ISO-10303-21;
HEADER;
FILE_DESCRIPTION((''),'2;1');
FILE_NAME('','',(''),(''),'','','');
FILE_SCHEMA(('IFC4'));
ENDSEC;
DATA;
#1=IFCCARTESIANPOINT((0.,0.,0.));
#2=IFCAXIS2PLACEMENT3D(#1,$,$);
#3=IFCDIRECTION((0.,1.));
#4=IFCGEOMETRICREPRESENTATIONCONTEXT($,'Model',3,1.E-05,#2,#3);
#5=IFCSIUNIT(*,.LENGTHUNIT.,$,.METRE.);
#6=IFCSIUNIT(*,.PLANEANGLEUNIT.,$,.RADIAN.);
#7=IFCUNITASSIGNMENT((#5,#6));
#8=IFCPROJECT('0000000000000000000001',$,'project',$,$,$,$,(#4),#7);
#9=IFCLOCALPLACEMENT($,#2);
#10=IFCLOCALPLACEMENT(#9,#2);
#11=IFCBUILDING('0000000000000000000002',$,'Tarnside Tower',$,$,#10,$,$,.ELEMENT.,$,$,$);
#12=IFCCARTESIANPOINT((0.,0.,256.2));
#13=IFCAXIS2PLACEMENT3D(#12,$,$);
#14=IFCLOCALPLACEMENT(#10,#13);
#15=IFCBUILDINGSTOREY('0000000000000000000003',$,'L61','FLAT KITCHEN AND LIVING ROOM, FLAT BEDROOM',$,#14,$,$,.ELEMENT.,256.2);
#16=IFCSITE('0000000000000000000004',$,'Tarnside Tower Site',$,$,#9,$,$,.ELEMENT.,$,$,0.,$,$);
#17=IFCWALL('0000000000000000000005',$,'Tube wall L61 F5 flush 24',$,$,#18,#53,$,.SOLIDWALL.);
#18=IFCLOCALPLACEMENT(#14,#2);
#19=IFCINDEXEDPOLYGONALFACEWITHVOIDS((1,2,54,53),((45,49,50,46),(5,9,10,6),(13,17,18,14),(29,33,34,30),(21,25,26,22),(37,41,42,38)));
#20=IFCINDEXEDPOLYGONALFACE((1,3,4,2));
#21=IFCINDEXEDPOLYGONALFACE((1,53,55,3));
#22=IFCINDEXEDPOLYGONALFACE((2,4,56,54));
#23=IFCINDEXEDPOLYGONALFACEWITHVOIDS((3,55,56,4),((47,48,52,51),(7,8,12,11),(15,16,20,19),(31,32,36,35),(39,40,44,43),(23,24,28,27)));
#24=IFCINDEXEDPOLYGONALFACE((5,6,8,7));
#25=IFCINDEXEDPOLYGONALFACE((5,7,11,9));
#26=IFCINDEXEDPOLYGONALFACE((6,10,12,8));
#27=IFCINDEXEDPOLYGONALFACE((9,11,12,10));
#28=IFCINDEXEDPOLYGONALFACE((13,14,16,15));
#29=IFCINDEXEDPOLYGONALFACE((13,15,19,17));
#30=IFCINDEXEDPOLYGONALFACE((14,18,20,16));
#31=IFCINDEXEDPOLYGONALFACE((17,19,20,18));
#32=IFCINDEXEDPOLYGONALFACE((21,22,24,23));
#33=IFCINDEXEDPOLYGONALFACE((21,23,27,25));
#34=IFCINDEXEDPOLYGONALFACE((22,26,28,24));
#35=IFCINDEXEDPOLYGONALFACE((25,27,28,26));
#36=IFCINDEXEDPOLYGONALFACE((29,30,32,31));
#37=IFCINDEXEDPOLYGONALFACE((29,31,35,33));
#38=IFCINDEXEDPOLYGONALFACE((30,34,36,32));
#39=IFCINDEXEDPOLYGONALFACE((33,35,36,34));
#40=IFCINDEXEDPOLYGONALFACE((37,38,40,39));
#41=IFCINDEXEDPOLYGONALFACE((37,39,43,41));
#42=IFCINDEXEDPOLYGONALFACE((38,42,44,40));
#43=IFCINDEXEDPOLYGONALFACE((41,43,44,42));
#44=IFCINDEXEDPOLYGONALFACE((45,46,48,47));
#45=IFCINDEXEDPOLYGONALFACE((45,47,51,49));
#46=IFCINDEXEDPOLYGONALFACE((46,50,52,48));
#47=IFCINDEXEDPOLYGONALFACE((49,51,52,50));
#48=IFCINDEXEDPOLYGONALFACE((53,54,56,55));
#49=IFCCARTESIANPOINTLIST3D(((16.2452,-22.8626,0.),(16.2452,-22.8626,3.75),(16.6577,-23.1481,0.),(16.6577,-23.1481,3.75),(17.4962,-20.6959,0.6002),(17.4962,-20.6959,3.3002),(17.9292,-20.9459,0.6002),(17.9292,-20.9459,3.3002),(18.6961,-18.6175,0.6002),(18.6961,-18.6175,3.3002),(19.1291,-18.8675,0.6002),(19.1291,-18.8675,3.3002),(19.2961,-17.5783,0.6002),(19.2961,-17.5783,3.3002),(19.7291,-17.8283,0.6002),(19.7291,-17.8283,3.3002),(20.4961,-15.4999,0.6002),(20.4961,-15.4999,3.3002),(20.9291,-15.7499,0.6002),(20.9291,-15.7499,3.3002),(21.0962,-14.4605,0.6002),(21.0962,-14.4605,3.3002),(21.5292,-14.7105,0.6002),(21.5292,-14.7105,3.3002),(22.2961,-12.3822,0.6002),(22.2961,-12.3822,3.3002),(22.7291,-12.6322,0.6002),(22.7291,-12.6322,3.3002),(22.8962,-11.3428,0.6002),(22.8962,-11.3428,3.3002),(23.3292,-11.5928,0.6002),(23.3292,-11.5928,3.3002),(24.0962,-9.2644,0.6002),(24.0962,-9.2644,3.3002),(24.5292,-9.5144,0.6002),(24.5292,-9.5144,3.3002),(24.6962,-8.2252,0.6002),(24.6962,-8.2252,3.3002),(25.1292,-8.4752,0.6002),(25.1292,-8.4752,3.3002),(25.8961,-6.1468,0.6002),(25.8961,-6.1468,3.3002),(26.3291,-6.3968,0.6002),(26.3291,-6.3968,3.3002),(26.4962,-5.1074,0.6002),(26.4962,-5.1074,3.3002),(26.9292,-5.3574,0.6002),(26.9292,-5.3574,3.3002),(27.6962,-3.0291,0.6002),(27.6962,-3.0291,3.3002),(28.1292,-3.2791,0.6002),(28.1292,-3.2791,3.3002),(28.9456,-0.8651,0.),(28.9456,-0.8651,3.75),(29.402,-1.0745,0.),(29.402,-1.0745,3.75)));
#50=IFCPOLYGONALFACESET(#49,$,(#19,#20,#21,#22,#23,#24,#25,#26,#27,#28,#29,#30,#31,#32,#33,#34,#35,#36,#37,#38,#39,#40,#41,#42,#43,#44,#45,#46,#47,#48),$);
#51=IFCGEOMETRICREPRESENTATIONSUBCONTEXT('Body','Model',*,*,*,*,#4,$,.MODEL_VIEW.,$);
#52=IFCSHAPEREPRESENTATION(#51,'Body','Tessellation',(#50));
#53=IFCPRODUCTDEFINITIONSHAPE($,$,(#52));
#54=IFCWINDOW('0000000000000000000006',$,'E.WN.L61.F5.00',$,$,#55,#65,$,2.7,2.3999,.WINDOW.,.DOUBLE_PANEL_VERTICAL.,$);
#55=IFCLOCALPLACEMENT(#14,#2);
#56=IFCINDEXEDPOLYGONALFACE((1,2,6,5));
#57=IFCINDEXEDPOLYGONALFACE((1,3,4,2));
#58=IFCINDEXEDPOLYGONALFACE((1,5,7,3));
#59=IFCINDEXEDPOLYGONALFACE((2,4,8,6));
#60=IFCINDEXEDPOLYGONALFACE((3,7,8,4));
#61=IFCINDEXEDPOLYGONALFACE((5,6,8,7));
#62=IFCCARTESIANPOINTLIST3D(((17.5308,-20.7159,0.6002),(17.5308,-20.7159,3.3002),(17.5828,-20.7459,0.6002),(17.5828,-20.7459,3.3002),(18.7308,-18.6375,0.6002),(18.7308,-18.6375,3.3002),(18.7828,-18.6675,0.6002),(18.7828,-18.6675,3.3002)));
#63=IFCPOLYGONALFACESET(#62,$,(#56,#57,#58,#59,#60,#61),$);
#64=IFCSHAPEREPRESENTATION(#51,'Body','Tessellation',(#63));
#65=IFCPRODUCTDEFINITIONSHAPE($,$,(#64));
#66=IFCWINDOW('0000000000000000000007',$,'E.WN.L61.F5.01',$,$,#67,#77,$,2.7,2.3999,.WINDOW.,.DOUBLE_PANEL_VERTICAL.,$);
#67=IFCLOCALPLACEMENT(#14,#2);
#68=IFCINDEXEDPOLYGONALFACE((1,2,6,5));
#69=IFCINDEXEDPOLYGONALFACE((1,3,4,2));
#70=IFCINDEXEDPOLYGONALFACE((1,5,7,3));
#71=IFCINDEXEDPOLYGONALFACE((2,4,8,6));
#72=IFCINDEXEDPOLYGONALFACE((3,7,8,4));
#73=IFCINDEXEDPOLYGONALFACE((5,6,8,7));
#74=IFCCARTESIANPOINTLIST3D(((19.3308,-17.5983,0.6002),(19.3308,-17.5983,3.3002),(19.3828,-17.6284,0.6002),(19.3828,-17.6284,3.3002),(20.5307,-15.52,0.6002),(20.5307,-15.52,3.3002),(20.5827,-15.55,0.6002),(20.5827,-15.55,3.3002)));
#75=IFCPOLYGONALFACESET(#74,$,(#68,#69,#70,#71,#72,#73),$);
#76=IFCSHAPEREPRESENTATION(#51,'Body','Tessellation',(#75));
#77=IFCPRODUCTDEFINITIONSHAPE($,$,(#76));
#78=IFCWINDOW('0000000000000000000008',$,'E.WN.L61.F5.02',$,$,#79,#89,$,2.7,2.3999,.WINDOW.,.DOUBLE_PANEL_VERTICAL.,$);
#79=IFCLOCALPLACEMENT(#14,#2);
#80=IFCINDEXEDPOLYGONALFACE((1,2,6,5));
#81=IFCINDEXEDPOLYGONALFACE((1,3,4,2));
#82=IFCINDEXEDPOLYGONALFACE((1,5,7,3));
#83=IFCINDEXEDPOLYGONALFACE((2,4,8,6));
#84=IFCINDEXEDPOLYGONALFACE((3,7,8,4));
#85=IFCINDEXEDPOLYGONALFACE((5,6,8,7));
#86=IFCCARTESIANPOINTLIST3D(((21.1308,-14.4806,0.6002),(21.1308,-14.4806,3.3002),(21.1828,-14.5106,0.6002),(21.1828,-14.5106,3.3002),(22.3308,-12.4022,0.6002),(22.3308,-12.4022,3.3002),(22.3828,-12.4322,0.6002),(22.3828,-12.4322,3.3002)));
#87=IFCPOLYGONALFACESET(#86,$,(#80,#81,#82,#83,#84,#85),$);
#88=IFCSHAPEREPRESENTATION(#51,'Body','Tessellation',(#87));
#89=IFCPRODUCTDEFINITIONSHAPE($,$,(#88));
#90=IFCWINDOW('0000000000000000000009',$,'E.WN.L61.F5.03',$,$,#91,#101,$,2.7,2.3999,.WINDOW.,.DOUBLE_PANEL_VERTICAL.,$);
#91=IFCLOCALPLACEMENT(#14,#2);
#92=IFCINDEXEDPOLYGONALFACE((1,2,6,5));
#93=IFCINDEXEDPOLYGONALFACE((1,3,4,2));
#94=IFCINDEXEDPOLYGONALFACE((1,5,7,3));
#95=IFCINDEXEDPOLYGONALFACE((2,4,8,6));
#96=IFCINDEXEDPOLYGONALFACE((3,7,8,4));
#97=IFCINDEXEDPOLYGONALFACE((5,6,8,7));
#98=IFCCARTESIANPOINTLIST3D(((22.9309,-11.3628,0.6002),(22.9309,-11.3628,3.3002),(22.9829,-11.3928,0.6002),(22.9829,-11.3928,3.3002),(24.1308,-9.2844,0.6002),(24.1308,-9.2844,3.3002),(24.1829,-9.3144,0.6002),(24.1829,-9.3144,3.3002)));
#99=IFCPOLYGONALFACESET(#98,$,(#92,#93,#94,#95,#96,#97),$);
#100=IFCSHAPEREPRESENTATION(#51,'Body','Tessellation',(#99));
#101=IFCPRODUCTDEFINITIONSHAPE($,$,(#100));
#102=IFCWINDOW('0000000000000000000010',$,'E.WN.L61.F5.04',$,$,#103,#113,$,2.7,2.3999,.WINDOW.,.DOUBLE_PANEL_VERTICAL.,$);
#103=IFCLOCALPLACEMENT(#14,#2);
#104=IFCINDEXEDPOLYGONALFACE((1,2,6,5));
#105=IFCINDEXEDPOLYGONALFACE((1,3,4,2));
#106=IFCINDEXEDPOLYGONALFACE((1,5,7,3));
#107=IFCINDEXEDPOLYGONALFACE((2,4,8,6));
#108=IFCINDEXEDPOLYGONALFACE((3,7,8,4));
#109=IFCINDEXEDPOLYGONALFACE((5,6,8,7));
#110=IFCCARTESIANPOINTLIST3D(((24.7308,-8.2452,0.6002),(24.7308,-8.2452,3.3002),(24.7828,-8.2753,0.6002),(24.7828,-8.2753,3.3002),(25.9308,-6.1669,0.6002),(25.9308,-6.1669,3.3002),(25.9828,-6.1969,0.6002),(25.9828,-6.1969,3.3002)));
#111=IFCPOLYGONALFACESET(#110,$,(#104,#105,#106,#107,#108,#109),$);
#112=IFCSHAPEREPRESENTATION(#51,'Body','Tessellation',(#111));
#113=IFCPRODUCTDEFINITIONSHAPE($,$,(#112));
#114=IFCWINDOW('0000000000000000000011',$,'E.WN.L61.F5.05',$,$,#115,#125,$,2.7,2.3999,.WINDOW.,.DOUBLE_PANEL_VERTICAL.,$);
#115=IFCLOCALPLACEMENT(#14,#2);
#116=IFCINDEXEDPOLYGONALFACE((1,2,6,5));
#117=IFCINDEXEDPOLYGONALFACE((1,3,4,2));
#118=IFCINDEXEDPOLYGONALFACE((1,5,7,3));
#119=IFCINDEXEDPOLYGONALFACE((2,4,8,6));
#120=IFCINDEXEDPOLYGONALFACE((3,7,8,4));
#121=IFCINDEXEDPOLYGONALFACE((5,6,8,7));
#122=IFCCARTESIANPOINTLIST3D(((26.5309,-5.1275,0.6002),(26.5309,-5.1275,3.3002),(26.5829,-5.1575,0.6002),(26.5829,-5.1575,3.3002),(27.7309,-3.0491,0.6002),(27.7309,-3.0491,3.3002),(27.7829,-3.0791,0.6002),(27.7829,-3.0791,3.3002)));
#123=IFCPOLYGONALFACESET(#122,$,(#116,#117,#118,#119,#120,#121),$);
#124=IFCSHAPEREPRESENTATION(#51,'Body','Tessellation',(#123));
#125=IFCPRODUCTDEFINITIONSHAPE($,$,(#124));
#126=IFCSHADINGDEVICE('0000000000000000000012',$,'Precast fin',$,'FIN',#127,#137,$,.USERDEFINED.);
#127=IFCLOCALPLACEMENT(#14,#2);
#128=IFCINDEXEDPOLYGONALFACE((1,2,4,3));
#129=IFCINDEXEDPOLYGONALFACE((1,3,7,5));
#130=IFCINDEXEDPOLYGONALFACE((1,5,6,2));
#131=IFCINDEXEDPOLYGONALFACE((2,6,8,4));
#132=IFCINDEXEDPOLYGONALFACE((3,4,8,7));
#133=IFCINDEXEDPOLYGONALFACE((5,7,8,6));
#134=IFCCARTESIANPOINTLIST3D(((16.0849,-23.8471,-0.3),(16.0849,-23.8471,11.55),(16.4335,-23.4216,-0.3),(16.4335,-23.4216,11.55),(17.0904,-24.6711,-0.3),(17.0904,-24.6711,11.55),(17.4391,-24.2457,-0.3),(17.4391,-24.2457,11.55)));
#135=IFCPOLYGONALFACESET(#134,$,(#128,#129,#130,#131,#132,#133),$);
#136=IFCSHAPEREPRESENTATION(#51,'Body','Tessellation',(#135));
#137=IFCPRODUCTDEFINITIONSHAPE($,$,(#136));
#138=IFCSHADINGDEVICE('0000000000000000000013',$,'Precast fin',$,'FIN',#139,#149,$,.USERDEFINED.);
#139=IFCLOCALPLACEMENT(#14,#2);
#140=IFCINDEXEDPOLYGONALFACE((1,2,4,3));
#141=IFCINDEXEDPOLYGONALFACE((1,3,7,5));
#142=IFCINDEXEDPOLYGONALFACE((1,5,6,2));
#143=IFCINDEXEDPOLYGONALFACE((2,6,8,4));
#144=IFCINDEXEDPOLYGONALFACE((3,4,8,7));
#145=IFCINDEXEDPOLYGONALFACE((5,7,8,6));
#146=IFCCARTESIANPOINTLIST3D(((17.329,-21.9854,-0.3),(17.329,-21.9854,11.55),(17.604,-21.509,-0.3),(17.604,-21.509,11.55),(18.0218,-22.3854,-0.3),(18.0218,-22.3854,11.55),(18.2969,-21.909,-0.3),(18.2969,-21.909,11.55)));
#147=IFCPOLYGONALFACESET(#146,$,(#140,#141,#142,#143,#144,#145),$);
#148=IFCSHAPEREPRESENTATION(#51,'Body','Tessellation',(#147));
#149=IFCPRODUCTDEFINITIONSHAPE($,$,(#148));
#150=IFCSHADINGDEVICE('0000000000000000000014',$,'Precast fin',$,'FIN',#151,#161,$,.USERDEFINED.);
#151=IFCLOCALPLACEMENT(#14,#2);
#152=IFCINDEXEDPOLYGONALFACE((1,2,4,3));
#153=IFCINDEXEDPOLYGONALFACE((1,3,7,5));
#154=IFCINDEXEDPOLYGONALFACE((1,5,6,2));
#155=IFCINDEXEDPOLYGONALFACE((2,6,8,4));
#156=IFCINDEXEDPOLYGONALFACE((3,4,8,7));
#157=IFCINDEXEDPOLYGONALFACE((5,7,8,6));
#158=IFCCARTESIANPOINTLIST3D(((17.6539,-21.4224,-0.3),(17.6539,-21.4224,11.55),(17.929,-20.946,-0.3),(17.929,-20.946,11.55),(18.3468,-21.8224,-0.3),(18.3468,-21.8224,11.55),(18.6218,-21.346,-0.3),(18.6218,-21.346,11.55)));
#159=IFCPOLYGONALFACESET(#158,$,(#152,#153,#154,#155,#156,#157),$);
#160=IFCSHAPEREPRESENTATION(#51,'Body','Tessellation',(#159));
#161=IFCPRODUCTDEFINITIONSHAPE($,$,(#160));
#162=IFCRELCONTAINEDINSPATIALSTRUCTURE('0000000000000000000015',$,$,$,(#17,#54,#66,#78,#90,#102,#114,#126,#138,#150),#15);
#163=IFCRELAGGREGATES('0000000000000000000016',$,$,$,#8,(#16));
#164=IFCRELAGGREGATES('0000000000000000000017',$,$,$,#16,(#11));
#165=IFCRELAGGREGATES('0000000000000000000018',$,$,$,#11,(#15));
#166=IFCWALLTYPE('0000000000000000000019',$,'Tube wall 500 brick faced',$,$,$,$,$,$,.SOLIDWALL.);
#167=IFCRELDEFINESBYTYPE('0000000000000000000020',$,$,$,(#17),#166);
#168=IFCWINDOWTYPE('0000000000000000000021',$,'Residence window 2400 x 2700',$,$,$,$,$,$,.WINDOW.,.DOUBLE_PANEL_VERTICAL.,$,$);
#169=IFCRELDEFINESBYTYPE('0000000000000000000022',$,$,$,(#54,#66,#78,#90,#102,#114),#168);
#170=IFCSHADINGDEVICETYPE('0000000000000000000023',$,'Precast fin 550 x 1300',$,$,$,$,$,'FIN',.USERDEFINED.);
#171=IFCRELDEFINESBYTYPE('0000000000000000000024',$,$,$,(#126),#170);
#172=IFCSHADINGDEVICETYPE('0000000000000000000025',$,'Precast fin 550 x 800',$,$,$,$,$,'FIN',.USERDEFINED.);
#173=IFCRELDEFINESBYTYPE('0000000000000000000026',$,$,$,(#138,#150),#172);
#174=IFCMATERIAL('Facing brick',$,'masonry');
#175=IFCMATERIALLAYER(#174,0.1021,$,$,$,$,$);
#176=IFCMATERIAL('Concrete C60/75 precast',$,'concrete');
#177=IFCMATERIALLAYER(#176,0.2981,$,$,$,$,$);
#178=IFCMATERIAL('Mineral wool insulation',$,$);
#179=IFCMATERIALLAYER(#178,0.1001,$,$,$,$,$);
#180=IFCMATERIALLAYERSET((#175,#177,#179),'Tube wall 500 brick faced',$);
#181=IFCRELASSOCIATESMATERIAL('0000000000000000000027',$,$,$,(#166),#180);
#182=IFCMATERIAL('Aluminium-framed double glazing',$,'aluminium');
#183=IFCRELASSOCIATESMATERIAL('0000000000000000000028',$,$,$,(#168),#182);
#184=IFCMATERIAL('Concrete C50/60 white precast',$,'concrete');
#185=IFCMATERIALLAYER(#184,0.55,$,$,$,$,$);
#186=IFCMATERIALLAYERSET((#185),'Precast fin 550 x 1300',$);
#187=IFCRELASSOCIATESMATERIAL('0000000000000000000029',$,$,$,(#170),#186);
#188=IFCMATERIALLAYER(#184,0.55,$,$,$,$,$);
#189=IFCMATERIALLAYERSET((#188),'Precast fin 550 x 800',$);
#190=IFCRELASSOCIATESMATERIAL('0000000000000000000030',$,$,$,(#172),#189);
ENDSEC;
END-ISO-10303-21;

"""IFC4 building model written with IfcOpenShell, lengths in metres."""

from ifc_helpers import new_model, si_unit, direction, frame, frame_2d, origin, place, context, subcontext, project, spatial, polyline, rectangle, outline, extrude, material, layer, layer_set, type_object, element, fill, save


model = new_model("IFC4")

# Units and contexts
model_context = context("Model", 3, precision=1e-05, world=origin(), true_north=direction((0.0, 1.0)))
body_context = subcontext(model_context, "Body", "Model", "MODEL_VIEW")
ifc_project = project(units=[si_unit("LENGTHUNIT", "METRE"), si_unit("PLANEANGLEUNIT", "RADIAN")], contexts=[model_context])

# Site, building, storey
site_placement = place(None, origin())
site = spatial("IfcSite", under=ifc_project, at=site_placement, Name="Tarnside Tower Site", CompositionType="ELEMENT", RefElevation=0.0)
building_placement = place(site_placement, origin())
building = spatial("IfcBuilding", under=site, at=building_placement, Name="Tarnside Tower", CompositionType="ELEMENT")
storey_placement = place(building_placement, frame((0.0, 0.0, 256.2)))
storey = spatial("IfcBuildingStorey", under=building, at=storey_placement, Name="L61", Description="FLAT KITCHEN AND LIVING ROOM, FLAT BEDROOM", CompositionType="ELEMENT", Elevation=256.2)

# Shared definitions
ifc_material_1 = material(Name="Facing brick", Category="masonry")
ifc_layer_1 = layer(ifc_material_1, 0.1021)
ifc_material_2 = material(Name="Concrete C60/75 precast", Category="concrete")
ifc_layer_2 = layer(ifc_material_2, 0.2981)
ifc_material_3 = material(Name="Mineral wool insulation")
ifc_layer_3 = layer(ifc_material_3, 0.1001)
ifc_layer_set_1 = layer_set([ifc_layer_1, ifc_layer_2, ifc_layer_3], Name="Tube wall 500 brick faced")
wall_type_1 = type_object("IfcWallType", Name="Tube wall 500 brick faced", PredefinedType="SOLIDWALL", material=ifc_layer_set_1)

# Wall, openings, windows
wall_1_placement = place(storey_placement, frame((16.4514, -23.0054, 0.0), z_axis=(0.0, 0.0, 1.0), x_axis=(0.500004, 0.866023, 0.0)))
wall_1 = element("IfcWall", 1, at=wall_1_placement, inside=storey, type_object=wall_type_1, Name="Tube wall L61 F5 flush 24", PredefinedType="SOLIDWALL", context=body_context, shape_type="SweptSolid", body=[
    extrude(outline(polyline([(-0.0205, -0.25), (25.468, -0.25), (25.4211, 0.25), (0.0205, 0.25), (-0.0205, -0.25)])), origin(), (0.0, 0.0, 1.0), 3.75),
])
opening_1_placement = place(wall_1_placement, frame((2.5225, 0.0, 0.6001)))
opening_1 = element("IfcOpeningElement", 2, at=opening_1_placement, cuts=wall_1, PredefinedType="OPENING", context=body_context, shape_type="SweptSolid", body=[
    extrude(rectangle(XDim=2.3999, YDim=2.7, at=frame_2d((1.2, 1.3501))), frame((0.0, 0.26, 0.0), z_axis=(0.0, -1.0, 0.0), x_axis=(1.0, 0.0, 0.0)), (0.0, 0.0, 1.0), 0.52),
])
opening_2_placement = place(wall_1_placement, frame((6.1223, 0.0, 0.6001)))
opening_2 = element("IfcOpeningElement", 3, at=opening_2_placement, cuts=wall_1, PredefinedType="OPENING", context=body_context, shape_type="SweptSolid", body=[
    extrude(rectangle(XDim=2.3999, YDim=2.7, at=frame_2d((1.2, 1.3501))), frame((0.0, 0.26, 0.0), z_axis=(0.0, -1.0, 0.0), x_axis=(1.0, 0.0, 0.0)), (0.0, 0.0, 1.0), 0.52),
])
opening_3_placement = place(wall_1_placement, frame((9.7224, 0.0, 0.6001)))
opening_3 = element("IfcOpeningElement", 4, at=opening_3_placement, cuts=wall_1, PredefinedType="OPENING", context=body_context, shape_type="SweptSolid", body=[
    extrude(rectangle(XDim=2.3999, YDim=2.7, at=frame_2d((1.2, 1.3501))), frame((0.0, 0.26, 0.0), z_axis=(0.0, -1.0, 0.0), x_axis=(1.0, 0.0, 0.0)), (0.0, 0.0, 1.0), 0.52),
])
opening_4_placement = place(wall_1_placement, frame((13.3225, 0.0, 0.6001)))
opening_4 = element("IfcOpeningElement", 5, at=opening_4_placement, cuts=wall_1, PredefinedType="OPENING", context=body_context, shape_type="SweptSolid", body=[
    extrude(rectangle(XDim=2.3999, YDim=2.7, at=frame_2d((1.2, 1.3501))), frame((0.0, 0.26, 0.0), z_axis=(0.0, -1.0, 0.0), x_axis=(1.0, 0.0, 0.0)), (0.0, 0.0, 1.0), 0.52),
])
opening_5_placement = place(wall_1_placement, frame((16.9224, 0.0, 0.6001)))
opening_5 = element("IfcOpeningElement", 6, at=opening_5_placement, cuts=wall_1, PredefinedType="OPENING", context=body_context, shape_type="SweptSolid", body=[
    extrude(rectangle(XDim=2.3999, YDim=2.7, at=frame_2d((1.2, 1.3501))), frame((0.0, 0.26, 0.0), z_axis=(0.0, -1.0, 0.0), x_axis=(1.0, 0.0, 0.0)), (0.0, 0.0, 1.0), 0.52),
])
opening_6_placement = place(wall_1_placement, frame((20.5225, 0.0, 0.6001)))
opening_6 = element("IfcOpeningElement", 7, at=opening_6_placement, cuts=wall_1, PredefinedType="OPENING", context=body_context, shape_type="SweptSolid", body=[
    extrude(rectangle(XDim=2.3999, YDim=2.7, at=frame_2d((1.2, 1.3501))), frame((0.0, 0.26, 0.0), z_axis=(0.0, -1.0, 0.0), x_axis=(1.0, 0.0, 0.0)), (0.0, 0.0, 1.0), 0.52),
])
ifc_material_4 = material(Name="Aluminium-framed double glazing", Category="aluminium")
window_type = type_object("IfcWindowType", Name="Residence window 2400 x 2700", PartitioningType="DOUBLE_PANEL_VERTICAL", PredefinedType="WINDOW", material=ifc_material_4)
window_1_placement = place(opening_1_placement, frame((0.0, 0.1799, 0.0)))
window_1 = element("IfcWindow", 8, at=window_1_placement, inside=storey, type_object=window_type, Name="E.WN.L61.F5.00", OverallHeight=2.7, OverallWidth=2.3999, PartitioningType="DOUBLE_PANEL_VERTICAL", PredefinedType="WINDOW", context=body_context, shape_type="SweptSolid", body=[
    extrude(rectangle(XDim=2.3999, YDim=2.7, at=frame_2d((1.2, 1.3501))), frame((0.0, 0.03, 0.0), z_axis=(0.0, -1.0, 0.0), x_axis=(1.0, 0.0, 0.0)), (0.0, 0.0, 1.0), 0.0601),
])
fill(opening_1, window_1)
window_2_placement = place(opening_2_placement, frame((0.0, 0.1799, 0.0)))
window_2 = element("IfcWindow", 9, at=window_2_placement, inside=storey, type_object=window_type, Name="E.WN.L61.F5.01", OverallHeight=2.7, OverallWidth=2.3999, PartitioningType="DOUBLE_PANEL_VERTICAL", PredefinedType="WINDOW", context=body_context, shape_type="SweptSolid", body=[
    extrude(rectangle(XDim=2.3999, YDim=2.7, at=frame_2d((1.2, 1.3501))), frame((0.0, 0.03, 0.0), z_axis=(0.0, -1.0, 0.0), x_axis=(1.0, 0.0, 0.0)), (0.0, 0.0, 1.0), 0.0601),
])
fill(opening_2, window_2)
window_3_placement = place(opening_3_placement, frame((0.0, 0.1799, 0.0)))
window_3 = element("IfcWindow", 10, at=window_3_placement, inside=storey, type_object=window_type, Name="E.WN.L61.F5.02", OverallHeight=2.7, OverallWidth=2.3999, PartitioningType="DOUBLE_PANEL_VERTICAL", PredefinedType="WINDOW", context=body_context, shape_type="SweptSolid", body=[
    extrude(rectangle(XDim=2.3999, YDim=2.7, at=frame_2d((1.2, 1.3501))), frame((0.0, 0.03, 0.0), z_axis=(0.0, -1.0, 0.0), x_axis=(1.0, 0.0, 0.0)), (0.0, 0.0, 1.0), 0.0601),
])
fill(opening_3, window_3)
window_4_placement = place(opening_4_placement, frame((0.0, 0.1799, 0.0)))
window_4 = element("IfcWindow", 11, at=window_4_placement, inside=storey, type_object=window_type, Name="E.WN.L61.F5.03", OverallHeight=2.7, OverallWidth=2.3999, PartitioningType="DOUBLE_PANEL_VERTICAL", PredefinedType="WINDOW", context=body_context, shape_type="SweptSolid", body=[
    extrude(rectangle(XDim=2.3999, YDim=2.7, at=frame_2d((1.2, 1.3501))), frame((0.0, 0.03, 0.0), z_axis=(0.0, -1.0, 0.0), x_axis=(1.0, 0.0, 0.0)), (0.0, 0.0, 1.0), 0.0601),
])
fill(opening_4, window_4)
window_5_placement = place(opening_5_placement, frame((0.0, 0.1799, 0.0)))
window_5 = element("IfcWindow", 12, at=window_5_placement, inside=storey, type_object=window_type, Name="E.WN.L61.F5.04", OverallHeight=2.7, OverallWidth=2.3999, PartitioningType="DOUBLE_PANEL_VERTICAL", PredefinedType="WINDOW", context=body_context, shape_type="SweptSolid", body=[
    extrude(rectangle(XDim=2.3999, YDim=2.7, at=frame_2d((1.2, 1.3501))), frame((0.0, 0.03, 0.0), z_axis=(0.0, -1.0, 0.0), x_axis=(1.0, 0.0, 0.0)), (0.0, 0.0, 1.0), 0.0601),
])
fill(opening_5, window_5)
window_6_placement = place(opening_6_placement, frame((0.0, 0.1799, 0.0)))
window_6 = element("IfcWindow", 13, at=window_6_placement, inside=storey, type_object=window_type, Name="E.WN.L61.F5.05", OverallHeight=2.7, OverallWidth=2.3999, PartitioningType="DOUBLE_PANEL_VERTICAL", PredefinedType="WINDOW", context=body_context, shape_type="SweptSolid", body=[
    extrude(rectangle(XDim=2.3999, YDim=2.7, at=frame_2d((1.2, 1.3501))), frame((0.0, 0.03, 0.0), z_axis=(0.0, -1.0, 0.0), x_axis=(1.0, 0.0, 0.0)), (0.0, 0.0, 1.0), 0.0601),
])
fill(opening_6, window_6)

# Shading devices
ifc_material_5 = material(Name="Concrete C50/60 white precast", Category="concrete")
ifc_layer_4 = layer(ifc_material_5, 0.55)
ifc_layer_set_2 = layer_set([ifc_layer_4], Name="Precast fin 550 x 1300")
shading_device_type_1 = type_object("IfcShadingDeviceType", Name="Precast fin 550 x 1300", ElementType="FIN", PredefinedType="USERDEFINED", material=ifc_layer_set_2)
shading_device_placement = place(storey_placement, frame((16.2593, -23.6343, -0.3), z_axis=(-0.633831, -0.773472, 0.0), x_axis=(0.773472, -0.633831, 0.0)))
element("IfcShadingDevice", 14, at=shading_device_placement, inside=storey, type_object=shading_device_type_1, Name="Precast fin", ObjectType="FIN", PredefinedType="USERDEFINED", context=body_context, shape_type="SweptSolid", body=[
    extrude(outline(polyline([(0.0, 0.0), (1.3, 0.0), (1.3, 11.8501), (0.0, 11.8501), (0.0, 0.0)])), frame((0.0, 0.0, -0.2749)), (0.0, 0.0, 1.0), 0.55),
])
ifc_layer_5 = layer(ifc_material_5, 0.55)
ifc_layer_set_3 = layer_set([ifc_layer_5], Name="Precast fin 550 x 800")
shading_device_type_2 = type_object("IfcShadingDeviceType", Name="Precast fin 550 x 800", ElementType="FIN", PredefinedType="USERDEFINED", material=ifc_layer_set_3)
for number, where, z_axis, x_axis, name in (
    (15, (17.4666, -21.7471, -0.3), (-0.5, -0.866025, 0.0), (0.866025, -0.5, 0.0), "Precast fin"),
    (16, (17.7915, -21.1841, -0.3), (-0.5, -0.866025, 0.0), (0.866025, -0.5, 0.0), "Precast fin"),
):
    element("IfcShadingDevice", number, at=place(storey_placement, frame(where, z_axis=z_axis, x_axis=x_axis)), inside=storey, type_object=shading_device_type_2, Name=name, ObjectType="FIN", PredefinedType="USERDEFINED", context=body_context, shape_type="SweptSolid", body=[
        extrude(outline(polyline([(0.0, 0.0), (0.8, 0.0), (0.8, 11.8501), (0.0, 11.8501), (0.0, 0.0)])), frame((0.0, 0.0, -0.2749)), (0.0, 0.0, 1.0), 0.55),
    ])

save(model, "model.ifc")
